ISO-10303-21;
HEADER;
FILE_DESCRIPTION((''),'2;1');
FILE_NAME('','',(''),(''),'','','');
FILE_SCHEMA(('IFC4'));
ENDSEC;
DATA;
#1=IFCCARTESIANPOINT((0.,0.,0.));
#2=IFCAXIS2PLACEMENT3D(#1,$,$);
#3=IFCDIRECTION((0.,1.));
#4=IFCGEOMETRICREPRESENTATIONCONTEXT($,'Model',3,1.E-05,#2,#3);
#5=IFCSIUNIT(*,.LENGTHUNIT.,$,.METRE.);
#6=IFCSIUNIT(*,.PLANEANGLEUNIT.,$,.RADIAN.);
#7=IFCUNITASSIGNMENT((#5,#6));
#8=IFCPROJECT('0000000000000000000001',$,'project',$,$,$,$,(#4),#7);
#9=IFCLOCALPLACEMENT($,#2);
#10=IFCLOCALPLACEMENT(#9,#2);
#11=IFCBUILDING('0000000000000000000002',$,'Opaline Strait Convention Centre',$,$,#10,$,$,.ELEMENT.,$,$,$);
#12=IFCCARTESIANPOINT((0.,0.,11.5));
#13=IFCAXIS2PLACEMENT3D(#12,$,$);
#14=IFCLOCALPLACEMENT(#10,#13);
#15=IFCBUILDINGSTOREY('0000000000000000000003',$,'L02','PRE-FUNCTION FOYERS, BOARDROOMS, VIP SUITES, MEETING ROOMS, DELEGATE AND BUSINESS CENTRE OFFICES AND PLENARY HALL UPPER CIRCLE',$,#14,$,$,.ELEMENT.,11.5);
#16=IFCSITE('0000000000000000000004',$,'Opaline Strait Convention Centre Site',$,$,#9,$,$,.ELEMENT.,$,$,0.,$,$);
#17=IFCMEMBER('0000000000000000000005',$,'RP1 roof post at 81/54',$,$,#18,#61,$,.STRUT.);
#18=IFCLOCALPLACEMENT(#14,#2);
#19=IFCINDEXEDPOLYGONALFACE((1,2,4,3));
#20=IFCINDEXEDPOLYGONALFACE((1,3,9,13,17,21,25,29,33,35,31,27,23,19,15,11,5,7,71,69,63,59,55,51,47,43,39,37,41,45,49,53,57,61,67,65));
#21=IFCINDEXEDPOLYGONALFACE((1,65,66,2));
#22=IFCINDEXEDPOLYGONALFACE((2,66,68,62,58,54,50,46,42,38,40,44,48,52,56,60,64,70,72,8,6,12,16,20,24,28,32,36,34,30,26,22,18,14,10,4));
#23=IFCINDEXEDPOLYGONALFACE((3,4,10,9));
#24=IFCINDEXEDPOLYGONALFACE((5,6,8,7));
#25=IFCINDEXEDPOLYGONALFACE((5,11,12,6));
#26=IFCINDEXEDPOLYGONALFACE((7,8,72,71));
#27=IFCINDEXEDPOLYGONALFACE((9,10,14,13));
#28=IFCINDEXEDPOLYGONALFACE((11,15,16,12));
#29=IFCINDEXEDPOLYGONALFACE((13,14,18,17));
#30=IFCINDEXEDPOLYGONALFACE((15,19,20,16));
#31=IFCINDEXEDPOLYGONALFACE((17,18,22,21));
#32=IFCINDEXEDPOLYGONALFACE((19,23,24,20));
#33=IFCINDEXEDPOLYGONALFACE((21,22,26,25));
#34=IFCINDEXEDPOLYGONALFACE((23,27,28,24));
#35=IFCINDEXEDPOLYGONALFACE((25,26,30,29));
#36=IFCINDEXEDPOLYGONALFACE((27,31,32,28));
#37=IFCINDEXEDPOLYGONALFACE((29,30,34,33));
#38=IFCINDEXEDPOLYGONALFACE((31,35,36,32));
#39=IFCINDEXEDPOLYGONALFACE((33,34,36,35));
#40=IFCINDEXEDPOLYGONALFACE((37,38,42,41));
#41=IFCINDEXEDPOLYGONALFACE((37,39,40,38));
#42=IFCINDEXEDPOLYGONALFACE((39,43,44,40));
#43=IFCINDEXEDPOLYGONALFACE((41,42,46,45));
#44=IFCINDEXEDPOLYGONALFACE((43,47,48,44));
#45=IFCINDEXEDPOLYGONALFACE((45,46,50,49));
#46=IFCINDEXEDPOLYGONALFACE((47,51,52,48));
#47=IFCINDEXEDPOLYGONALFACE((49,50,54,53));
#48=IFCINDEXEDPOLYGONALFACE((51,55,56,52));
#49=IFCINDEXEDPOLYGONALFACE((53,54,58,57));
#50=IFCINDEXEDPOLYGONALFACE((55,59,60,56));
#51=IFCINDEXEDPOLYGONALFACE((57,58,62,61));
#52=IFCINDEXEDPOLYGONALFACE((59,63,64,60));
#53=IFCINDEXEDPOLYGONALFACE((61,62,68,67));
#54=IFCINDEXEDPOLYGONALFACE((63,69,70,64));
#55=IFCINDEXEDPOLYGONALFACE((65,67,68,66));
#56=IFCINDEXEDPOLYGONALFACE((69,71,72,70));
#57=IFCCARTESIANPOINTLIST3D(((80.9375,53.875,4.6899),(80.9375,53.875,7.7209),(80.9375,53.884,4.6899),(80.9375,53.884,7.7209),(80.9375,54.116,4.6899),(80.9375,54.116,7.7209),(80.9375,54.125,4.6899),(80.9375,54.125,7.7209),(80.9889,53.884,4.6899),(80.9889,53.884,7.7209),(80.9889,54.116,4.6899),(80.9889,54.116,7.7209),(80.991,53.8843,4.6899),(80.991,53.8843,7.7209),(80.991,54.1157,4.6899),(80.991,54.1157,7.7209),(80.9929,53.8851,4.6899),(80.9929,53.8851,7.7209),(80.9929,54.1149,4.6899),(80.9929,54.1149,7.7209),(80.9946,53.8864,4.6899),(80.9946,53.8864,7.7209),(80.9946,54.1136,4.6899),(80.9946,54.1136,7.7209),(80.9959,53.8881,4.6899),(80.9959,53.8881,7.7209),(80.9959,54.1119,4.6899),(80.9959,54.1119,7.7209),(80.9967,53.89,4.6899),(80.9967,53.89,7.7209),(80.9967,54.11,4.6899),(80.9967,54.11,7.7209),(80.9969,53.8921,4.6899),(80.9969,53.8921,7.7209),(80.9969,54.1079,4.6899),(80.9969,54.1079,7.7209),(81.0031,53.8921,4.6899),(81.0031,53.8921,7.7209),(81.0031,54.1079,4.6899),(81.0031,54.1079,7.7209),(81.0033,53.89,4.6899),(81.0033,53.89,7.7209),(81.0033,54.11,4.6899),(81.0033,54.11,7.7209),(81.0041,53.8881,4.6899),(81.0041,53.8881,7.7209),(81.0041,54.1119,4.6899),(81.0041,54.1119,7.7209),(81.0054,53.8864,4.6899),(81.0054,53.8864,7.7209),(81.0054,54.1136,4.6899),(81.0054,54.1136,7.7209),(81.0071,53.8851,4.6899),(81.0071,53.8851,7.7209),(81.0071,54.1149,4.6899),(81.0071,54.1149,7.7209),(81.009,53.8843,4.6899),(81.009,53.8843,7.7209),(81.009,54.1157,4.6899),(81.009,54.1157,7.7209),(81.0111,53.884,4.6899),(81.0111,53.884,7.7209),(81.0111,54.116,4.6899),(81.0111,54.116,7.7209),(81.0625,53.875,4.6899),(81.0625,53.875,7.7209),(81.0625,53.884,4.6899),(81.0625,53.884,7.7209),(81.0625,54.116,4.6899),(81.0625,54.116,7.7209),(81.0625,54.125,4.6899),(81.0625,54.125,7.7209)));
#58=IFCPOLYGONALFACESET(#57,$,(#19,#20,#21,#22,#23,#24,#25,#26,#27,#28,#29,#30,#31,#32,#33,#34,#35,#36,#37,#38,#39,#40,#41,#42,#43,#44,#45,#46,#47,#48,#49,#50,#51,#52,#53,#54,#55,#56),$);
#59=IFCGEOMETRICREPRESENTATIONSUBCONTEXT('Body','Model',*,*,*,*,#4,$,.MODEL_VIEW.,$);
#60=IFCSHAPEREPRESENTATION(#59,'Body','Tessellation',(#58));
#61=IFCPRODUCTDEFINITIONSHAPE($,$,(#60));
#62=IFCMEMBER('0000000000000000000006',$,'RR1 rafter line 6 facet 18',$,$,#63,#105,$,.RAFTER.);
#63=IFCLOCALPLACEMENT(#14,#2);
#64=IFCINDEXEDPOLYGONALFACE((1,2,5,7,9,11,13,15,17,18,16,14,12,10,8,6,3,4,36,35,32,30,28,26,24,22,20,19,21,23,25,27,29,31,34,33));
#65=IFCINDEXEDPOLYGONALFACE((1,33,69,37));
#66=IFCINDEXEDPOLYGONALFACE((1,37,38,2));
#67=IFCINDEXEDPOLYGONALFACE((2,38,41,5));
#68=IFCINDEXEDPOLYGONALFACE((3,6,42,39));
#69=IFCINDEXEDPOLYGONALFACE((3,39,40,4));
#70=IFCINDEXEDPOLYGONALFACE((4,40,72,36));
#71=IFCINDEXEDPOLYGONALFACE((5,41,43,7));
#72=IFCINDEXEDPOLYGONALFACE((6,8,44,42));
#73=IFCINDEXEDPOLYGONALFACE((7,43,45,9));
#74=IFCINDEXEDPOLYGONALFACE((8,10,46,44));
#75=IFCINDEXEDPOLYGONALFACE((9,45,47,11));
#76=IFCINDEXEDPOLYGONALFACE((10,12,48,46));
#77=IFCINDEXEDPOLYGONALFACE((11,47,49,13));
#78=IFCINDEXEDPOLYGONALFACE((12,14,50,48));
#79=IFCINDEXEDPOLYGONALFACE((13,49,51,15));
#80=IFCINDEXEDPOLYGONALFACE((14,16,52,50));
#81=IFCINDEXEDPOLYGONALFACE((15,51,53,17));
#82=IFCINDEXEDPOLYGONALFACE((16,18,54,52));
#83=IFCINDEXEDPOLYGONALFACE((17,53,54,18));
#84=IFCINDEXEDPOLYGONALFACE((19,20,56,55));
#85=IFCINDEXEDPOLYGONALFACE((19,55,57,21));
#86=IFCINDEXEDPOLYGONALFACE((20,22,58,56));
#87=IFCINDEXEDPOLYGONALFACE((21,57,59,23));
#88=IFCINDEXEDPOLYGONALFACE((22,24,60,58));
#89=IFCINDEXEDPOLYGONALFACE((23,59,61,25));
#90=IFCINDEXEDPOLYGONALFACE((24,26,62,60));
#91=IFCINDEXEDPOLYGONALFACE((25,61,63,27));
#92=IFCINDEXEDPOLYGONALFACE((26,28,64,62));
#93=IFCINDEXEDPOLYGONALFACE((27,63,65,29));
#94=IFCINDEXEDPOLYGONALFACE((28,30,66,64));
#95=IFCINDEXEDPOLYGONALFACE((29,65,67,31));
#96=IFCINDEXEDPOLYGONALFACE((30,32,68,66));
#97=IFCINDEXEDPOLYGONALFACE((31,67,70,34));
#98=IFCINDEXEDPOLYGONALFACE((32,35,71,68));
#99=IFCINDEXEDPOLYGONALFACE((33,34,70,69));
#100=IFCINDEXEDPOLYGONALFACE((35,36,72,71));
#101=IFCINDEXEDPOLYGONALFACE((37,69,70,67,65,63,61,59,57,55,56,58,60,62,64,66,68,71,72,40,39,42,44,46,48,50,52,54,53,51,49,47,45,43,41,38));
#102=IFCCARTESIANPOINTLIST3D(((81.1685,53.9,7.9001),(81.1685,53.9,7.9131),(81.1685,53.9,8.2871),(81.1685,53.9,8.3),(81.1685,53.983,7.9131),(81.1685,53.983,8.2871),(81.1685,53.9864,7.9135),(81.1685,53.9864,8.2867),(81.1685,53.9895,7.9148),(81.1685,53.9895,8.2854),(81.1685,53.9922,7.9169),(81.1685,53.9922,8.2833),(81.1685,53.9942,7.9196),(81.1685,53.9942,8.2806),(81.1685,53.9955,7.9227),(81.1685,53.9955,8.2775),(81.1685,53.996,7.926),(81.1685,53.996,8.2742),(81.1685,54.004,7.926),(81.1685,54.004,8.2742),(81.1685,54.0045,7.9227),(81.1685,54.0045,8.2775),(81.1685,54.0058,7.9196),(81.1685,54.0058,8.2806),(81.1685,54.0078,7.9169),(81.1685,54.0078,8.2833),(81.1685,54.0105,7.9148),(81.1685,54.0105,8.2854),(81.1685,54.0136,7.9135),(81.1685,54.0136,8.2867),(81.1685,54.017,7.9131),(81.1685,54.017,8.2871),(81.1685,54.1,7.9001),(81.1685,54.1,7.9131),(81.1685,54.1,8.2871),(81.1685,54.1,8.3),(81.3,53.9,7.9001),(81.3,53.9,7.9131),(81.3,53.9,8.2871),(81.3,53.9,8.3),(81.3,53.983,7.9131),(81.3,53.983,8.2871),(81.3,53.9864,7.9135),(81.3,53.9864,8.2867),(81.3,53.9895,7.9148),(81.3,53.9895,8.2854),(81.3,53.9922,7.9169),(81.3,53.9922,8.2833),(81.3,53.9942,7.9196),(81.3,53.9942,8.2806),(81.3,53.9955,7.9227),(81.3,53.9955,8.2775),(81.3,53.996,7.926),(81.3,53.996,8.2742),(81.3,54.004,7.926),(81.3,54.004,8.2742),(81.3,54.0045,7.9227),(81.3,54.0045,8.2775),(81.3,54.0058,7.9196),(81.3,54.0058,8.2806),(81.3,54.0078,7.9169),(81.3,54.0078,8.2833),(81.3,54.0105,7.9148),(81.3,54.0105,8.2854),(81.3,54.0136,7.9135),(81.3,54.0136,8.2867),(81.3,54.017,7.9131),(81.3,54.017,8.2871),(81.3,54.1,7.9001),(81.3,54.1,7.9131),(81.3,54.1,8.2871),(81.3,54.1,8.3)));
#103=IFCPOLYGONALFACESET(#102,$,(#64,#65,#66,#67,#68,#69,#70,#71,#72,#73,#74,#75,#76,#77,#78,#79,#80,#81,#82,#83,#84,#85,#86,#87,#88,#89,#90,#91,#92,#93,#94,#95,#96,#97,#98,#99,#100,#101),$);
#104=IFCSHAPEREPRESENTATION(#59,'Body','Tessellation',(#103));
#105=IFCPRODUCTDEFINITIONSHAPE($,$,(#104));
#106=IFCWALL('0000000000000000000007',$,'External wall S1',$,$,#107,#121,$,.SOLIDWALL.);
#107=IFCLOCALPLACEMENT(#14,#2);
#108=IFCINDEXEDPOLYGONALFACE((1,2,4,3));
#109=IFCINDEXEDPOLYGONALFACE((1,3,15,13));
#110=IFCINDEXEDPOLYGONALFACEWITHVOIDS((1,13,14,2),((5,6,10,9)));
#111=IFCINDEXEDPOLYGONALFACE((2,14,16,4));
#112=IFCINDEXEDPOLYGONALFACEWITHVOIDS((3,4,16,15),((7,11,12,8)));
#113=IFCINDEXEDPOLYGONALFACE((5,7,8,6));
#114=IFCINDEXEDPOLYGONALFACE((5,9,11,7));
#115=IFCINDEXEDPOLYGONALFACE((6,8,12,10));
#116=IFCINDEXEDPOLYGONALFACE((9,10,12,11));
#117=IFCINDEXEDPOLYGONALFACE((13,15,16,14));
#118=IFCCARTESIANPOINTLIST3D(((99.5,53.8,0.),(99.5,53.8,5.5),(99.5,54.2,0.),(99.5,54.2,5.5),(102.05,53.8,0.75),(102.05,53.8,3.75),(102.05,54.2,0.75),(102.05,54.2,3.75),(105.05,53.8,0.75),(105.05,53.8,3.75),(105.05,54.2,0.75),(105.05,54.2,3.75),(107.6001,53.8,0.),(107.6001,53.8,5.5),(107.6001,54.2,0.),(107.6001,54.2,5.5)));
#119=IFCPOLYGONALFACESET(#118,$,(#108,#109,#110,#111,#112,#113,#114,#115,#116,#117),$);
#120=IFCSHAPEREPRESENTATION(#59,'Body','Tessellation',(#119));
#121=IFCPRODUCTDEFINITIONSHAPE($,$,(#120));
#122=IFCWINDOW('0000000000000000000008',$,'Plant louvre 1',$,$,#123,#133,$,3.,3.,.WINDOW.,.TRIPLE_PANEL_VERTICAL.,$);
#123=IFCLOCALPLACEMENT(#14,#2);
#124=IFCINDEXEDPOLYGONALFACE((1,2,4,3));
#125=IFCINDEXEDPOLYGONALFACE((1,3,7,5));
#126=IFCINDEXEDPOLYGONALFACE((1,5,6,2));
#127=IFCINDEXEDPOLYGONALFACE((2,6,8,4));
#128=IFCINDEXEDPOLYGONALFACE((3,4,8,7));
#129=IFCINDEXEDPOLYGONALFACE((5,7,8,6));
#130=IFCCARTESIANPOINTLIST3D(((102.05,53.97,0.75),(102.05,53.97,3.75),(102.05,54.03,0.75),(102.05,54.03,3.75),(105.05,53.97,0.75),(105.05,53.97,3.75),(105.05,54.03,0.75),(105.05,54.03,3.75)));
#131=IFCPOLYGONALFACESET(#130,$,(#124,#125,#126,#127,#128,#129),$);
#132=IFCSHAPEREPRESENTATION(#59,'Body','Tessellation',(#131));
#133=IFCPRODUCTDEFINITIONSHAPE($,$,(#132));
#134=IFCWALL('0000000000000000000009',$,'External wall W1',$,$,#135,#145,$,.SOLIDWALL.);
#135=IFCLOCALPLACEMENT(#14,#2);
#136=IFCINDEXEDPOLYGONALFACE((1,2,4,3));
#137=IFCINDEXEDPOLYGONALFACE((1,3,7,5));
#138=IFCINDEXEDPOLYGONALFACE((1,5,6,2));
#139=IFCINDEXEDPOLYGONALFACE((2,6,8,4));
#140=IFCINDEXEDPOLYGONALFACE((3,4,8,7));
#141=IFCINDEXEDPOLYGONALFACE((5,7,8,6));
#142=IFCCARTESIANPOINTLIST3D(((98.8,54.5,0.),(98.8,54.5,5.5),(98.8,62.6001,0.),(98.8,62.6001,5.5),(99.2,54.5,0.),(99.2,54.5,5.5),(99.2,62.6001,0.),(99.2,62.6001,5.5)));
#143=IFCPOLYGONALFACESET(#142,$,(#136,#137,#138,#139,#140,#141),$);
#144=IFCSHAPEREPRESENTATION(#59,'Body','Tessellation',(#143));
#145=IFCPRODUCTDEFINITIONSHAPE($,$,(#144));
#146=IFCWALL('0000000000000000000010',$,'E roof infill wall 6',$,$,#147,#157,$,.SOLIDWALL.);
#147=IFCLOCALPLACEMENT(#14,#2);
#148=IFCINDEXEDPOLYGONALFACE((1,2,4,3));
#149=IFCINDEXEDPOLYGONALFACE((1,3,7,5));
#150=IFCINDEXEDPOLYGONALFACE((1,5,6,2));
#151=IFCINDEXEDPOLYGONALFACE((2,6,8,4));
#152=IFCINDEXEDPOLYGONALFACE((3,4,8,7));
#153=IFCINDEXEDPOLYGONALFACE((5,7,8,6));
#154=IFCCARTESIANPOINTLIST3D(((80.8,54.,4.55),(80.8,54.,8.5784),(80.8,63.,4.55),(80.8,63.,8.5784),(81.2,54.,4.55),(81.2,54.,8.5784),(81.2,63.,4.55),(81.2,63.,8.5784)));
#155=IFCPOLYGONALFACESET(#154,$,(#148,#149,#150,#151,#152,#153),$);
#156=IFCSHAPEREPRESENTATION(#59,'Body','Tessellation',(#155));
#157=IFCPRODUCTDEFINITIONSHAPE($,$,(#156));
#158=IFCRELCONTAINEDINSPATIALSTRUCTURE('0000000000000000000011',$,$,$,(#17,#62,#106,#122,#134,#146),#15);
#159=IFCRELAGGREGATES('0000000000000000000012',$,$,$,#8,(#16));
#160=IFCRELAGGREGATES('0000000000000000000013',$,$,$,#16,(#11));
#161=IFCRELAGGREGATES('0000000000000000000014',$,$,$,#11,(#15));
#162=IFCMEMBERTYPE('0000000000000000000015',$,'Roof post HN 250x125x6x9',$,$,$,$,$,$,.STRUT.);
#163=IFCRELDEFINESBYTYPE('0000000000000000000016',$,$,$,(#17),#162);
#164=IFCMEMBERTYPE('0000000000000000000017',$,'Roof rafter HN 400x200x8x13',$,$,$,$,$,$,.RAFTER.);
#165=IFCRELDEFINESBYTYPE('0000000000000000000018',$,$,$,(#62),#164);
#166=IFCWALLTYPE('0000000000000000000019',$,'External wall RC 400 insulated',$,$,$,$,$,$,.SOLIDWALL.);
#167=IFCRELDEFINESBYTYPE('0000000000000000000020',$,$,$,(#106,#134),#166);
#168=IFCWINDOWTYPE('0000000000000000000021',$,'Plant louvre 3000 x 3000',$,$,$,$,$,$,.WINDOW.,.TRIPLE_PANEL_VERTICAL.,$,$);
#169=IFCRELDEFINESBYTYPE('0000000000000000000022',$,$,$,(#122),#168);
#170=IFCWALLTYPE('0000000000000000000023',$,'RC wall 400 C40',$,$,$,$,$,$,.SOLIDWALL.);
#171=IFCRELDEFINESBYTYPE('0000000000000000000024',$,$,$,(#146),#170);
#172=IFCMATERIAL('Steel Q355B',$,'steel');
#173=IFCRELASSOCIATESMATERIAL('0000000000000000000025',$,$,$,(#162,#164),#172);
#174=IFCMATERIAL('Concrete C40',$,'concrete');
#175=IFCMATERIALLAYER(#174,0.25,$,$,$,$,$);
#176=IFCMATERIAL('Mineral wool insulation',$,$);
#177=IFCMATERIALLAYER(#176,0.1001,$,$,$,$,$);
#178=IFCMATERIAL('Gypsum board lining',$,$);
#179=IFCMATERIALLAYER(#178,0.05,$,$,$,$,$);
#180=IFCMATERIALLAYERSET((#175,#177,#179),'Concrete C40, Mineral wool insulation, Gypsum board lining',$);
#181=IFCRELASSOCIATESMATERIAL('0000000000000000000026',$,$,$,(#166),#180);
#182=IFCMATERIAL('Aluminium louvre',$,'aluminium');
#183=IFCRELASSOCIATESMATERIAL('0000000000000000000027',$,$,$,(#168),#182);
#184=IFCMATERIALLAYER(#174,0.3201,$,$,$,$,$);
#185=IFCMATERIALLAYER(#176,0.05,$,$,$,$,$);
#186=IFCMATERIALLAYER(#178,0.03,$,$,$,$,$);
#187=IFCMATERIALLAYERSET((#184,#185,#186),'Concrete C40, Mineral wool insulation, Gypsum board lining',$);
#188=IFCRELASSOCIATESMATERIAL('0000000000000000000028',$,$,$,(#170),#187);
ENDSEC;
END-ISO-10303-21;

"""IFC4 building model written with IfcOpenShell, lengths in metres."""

from ifc_helpers import new_model, si_unit, direction, frame, frame_2d, origin, origin_2d, place, context, subcontext, project, spatial, rectangle, i_section, extrude, material, layer, layer_set, material_profile, profile_set, type_object, element, fill, save


model = new_model("IFC4")

# Units and contexts
model_context = context("Model", 3, precision=1e-05, world=origin(), true_north=direction((0.0, 1.0)))
body_context = subcontext(model_context, "Body", "Model", "MODEL_VIEW")
ifc_project = project(units=[si_unit("LENGTHUNIT", "METRE"), si_unit("PLANEANGLEUNIT", "RADIAN")], contexts=[model_context])

# Site, building, storey
site_placement = place(None, origin())
site = spatial("IfcSite", under=ifc_project, at=site_placement, Name="Opaline Strait Convention Centre Site", CompositionType="ELEMENT", RefElevation=0.0)
building_placement = place(site_placement, origin())
building = spatial("IfcBuilding", under=site, at=building_placement, Name="Opaline Strait Convention Centre", CompositionType="ELEMENT")
storey_placement = place(building_placement, frame((0.0, 0.0, 11.5)))
storey = spatial("IfcBuildingStorey", under=building, at=storey_placement, Name="L02", Description="PRE-FUNCTION FOYERS, BOARDROOMS, VIP SUITES, MEETING ROOMS, DELEGATE AND BUSINESS CENTRE OFFICES AND PLENARY HALL UPPER CIRCLE", CompositionType="ELEMENT", Elevation=11.5)

# Shared definitions
ifc_material_1 = material(Name="Steel Q355B", Category="steel")
ifc_material_2 = material(Name="Concrete C40", Category="concrete")

# Members
ifc_material_profile_1 = material_profile(ifc_material_1, i_section(OverallWidth=0.125, OverallDepth=0.25, WebThickness=0.0061, FlangeThickness=0.009, FilletRadius=0.0081, at=origin_2d()), Name="HN 250x125x6x9")
ifc_profile_set_1 = profile_set([ifc_material_profile_1], Name="Steel Q355B")
member_type_1 = type_object("IfcMemberType", Name="Roof post HN 250x125x6x9", PredefinedType="STRUT", material=ifc_profile_set_1)
member_1_placement = place(storey_placement, frame((81.0, 54.0, 4.6899), z_axis=(0.0, 0.0, 1.0), x_axis=(1.0, 0.0, 0.0)))
element("IfcMember", 1, at=member_1_placement, inside=storey, type_object=member_type_1, Name="RP1 roof post at 81/54", PredefinedType="STRUT", context=body_context, shape_type="SweptSolid", body=[
    extrude(i_section(OverallWidth=0.125, OverallDepth=0.25, WebThickness=0.0061, FlangeThickness=0.009, FilletRadius=0.0081, at=origin_2d()), origin(), (0.0, 0.0, 1.0), 3.031),
])
ifc_material_profile_2 = material_profile(ifc_material_1, i_section(OverallWidth=0.2, OverallDepth=0.3999, WebThickness=0.0081, FlangeThickness=0.0129, FilletRadius=0.0129, at=origin_2d()), Name="HN 400x200x8x13")
ifc_profile_set_2 = profile_set([ifc_material_profile_2], Name="Steel Q355B")
member_type_2 = type_object("IfcMemberType", Name="Roof rafter HN 400x200x8x13", PredefinedType="RAFTER", material=ifc_profile_set_2)
member_2_placement = place(storey_placement, frame((81.1685, 54.0, 8.1001), z_axis=(1.0, 0.0, 0.0), x_axis=(0.0, 1.0, 0.0)))
element("IfcMember", 2, at=member_2_placement, inside=storey, type_object=member_type_2, Name="RR1 rafter line 6 facet 18", PredefinedType="RAFTER", context=body_context, shape_type="SweptSolid", body=[
    extrude(i_section(OverallWidth=0.2, OverallDepth=0.3999, WebThickness=0.0081, FlangeThickness=0.0129, FilletRadius=0.0129, at=origin_2d()), origin(), (0.0, 0.0, 1.0), 0.1316),
])

# Wall, opening, window
ifc_layer_1 = layer(ifc_material_2, 0.25)
ifc_material_3 = material(Name="Mineral wool insulation")
ifc_layer_2 = layer(ifc_material_3, 0.1001)
ifc_material_4 = material(Name="Gypsum board lining")
ifc_layer_3 = layer(ifc_material_4, 0.05)
ifc_layer_set_1 = layer_set([ifc_layer_1, ifc_layer_2, ifc_layer_3], Name="Concrete C40, Mineral wool insulation, Gypsum board lining")
wall_type_1 = type_object("IfcWallType", Name="External wall RC 400 insulated", PredefinedType="SOLIDWALL", material=ifc_layer_set_1)
wall_1_placement = place(storey_placement, frame((99.5, 54.0, 0.0), z_axis=(0.0, 0.0, 1.0), x_axis=(1.0, 0.0, 0.0)))
wall_1 = element("IfcWall", 3, at=wall_1_placement, inside=storey, type_object=wall_type_1, Name="External wall S1", PredefinedType="SOLIDWALL", context=body_context, shape_type="SweptSolid", body=[
    extrude(rectangle(XDim=8.1001, YDim=0.3999, at=frame_2d((4.05, 0.0))), origin(), (0.0, 0.0, 1.0), 5.5),
])
opening_1_placement = place(wall_1_placement, frame((2.55, 0.0, 0.75)))
opening_1 = element("IfcOpeningElement", 4, at=opening_1_placement, cuts=wall_1, PredefinedType="OPENING", context=body_context, shape_type="SweptSolid", body=[
    extrude(rectangle(XDim=3.0, YDim=3.0, at=frame_2d((1.5, 1.5))), frame((0.0, 0.21, 0.0), z_axis=(0.0, -1.0, 0.0), x_axis=(1.0, 0.0, 0.0)), (0.0, 0.0, 1.0), 0.4199),
])
ifc_material_5 = material(Name="Aluminium louvre", Category="aluminium")
window_type_1 = type_object("IfcWindowType", Name="Plant louvre 3000 x 3000", PartitioningType="TRIPLE_PANEL_VERTICAL", PredefinedType="WINDOW", material=ifc_material_5)
window_1_placement = place(opening_1_placement, origin())
window_1 = element("IfcWindow", 5, at=window_1_placement, inside=storey, type_object=window_type_1, Name="Plant louvre 1", OverallHeight=3.0, OverallWidth=3.0, PartitioningType="TRIPLE_PANEL_VERTICAL", PredefinedType="WINDOW", context=body_context, shape_type="SweptSolid", body=[
    extrude(rectangle(XDim=3.0, YDim=3.0, at=frame_2d((1.5, 1.5))), frame((0.0, 0.03, 0.0), z_axis=(0.0, -1.0, 0.0), x_axis=(1.0, 0.0, 0.0)), (0.0, 0.0, 1.0), 0.0601),
])
fill(opening_1, window_1)

# Walls
wall_2_placement = place(storey_placement, frame((99.0, 54.5, 0.0), z_axis=(0.0, 0.0, 1.0), x_axis=(0.0, 1.0, 0.0)))
element("IfcWall", 6, at=wall_2_placement, inside=storey, type_object=wall_type_1, Name="External wall W1", PredefinedType="SOLIDWALL", context=body_context, shape_type="SweptSolid", body=[
    extrude(rectangle(XDim=8.1001, YDim=0.3999, at=frame_2d((4.05, 0.0))), origin(), (0.0, 0.0, 1.0), 5.5),
])
ifc_layer_4 = layer(ifc_material_2, 0.3201)
ifc_layer_5 = layer(ifc_material_3, 0.05)
ifc_layer_6 = layer(ifc_material_4, 0.03)
ifc_layer_set_2 = layer_set([ifc_layer_4, ifc_layer_5, ifc_layer_6], Name="Concrete C40, Mineral wool insulation, Gypsum board lining")
wall_type_2 = type_object("IfcWallType", Name="RC wall 400 C40", PredefinedType="SOLIDWALL", material=ifc_layer_set_2)
wall_3_placement = place(storey_placement, frame((81.0, 54.0, 4.55), z_axis=(0.0, 0.0, 1.0), x_axis=(0.0, 1.0, 0.0)))
element("IfcWall", 7, at=wall_3_placement, inside=storey, type_object=wall_type_2, Name="E roof infill wall 6", PredefinedType="SOLIDWALL", context=body_context, shape_type="SweptSolid", body=[
    extrude(rectangle(XDim=9.0, YDim=0.3999, at=frame_2d((4.5, 0.0))), origin(), (0.0, 0.0, 1.0), 4.0283),
])

save(model, "model.ifc")
